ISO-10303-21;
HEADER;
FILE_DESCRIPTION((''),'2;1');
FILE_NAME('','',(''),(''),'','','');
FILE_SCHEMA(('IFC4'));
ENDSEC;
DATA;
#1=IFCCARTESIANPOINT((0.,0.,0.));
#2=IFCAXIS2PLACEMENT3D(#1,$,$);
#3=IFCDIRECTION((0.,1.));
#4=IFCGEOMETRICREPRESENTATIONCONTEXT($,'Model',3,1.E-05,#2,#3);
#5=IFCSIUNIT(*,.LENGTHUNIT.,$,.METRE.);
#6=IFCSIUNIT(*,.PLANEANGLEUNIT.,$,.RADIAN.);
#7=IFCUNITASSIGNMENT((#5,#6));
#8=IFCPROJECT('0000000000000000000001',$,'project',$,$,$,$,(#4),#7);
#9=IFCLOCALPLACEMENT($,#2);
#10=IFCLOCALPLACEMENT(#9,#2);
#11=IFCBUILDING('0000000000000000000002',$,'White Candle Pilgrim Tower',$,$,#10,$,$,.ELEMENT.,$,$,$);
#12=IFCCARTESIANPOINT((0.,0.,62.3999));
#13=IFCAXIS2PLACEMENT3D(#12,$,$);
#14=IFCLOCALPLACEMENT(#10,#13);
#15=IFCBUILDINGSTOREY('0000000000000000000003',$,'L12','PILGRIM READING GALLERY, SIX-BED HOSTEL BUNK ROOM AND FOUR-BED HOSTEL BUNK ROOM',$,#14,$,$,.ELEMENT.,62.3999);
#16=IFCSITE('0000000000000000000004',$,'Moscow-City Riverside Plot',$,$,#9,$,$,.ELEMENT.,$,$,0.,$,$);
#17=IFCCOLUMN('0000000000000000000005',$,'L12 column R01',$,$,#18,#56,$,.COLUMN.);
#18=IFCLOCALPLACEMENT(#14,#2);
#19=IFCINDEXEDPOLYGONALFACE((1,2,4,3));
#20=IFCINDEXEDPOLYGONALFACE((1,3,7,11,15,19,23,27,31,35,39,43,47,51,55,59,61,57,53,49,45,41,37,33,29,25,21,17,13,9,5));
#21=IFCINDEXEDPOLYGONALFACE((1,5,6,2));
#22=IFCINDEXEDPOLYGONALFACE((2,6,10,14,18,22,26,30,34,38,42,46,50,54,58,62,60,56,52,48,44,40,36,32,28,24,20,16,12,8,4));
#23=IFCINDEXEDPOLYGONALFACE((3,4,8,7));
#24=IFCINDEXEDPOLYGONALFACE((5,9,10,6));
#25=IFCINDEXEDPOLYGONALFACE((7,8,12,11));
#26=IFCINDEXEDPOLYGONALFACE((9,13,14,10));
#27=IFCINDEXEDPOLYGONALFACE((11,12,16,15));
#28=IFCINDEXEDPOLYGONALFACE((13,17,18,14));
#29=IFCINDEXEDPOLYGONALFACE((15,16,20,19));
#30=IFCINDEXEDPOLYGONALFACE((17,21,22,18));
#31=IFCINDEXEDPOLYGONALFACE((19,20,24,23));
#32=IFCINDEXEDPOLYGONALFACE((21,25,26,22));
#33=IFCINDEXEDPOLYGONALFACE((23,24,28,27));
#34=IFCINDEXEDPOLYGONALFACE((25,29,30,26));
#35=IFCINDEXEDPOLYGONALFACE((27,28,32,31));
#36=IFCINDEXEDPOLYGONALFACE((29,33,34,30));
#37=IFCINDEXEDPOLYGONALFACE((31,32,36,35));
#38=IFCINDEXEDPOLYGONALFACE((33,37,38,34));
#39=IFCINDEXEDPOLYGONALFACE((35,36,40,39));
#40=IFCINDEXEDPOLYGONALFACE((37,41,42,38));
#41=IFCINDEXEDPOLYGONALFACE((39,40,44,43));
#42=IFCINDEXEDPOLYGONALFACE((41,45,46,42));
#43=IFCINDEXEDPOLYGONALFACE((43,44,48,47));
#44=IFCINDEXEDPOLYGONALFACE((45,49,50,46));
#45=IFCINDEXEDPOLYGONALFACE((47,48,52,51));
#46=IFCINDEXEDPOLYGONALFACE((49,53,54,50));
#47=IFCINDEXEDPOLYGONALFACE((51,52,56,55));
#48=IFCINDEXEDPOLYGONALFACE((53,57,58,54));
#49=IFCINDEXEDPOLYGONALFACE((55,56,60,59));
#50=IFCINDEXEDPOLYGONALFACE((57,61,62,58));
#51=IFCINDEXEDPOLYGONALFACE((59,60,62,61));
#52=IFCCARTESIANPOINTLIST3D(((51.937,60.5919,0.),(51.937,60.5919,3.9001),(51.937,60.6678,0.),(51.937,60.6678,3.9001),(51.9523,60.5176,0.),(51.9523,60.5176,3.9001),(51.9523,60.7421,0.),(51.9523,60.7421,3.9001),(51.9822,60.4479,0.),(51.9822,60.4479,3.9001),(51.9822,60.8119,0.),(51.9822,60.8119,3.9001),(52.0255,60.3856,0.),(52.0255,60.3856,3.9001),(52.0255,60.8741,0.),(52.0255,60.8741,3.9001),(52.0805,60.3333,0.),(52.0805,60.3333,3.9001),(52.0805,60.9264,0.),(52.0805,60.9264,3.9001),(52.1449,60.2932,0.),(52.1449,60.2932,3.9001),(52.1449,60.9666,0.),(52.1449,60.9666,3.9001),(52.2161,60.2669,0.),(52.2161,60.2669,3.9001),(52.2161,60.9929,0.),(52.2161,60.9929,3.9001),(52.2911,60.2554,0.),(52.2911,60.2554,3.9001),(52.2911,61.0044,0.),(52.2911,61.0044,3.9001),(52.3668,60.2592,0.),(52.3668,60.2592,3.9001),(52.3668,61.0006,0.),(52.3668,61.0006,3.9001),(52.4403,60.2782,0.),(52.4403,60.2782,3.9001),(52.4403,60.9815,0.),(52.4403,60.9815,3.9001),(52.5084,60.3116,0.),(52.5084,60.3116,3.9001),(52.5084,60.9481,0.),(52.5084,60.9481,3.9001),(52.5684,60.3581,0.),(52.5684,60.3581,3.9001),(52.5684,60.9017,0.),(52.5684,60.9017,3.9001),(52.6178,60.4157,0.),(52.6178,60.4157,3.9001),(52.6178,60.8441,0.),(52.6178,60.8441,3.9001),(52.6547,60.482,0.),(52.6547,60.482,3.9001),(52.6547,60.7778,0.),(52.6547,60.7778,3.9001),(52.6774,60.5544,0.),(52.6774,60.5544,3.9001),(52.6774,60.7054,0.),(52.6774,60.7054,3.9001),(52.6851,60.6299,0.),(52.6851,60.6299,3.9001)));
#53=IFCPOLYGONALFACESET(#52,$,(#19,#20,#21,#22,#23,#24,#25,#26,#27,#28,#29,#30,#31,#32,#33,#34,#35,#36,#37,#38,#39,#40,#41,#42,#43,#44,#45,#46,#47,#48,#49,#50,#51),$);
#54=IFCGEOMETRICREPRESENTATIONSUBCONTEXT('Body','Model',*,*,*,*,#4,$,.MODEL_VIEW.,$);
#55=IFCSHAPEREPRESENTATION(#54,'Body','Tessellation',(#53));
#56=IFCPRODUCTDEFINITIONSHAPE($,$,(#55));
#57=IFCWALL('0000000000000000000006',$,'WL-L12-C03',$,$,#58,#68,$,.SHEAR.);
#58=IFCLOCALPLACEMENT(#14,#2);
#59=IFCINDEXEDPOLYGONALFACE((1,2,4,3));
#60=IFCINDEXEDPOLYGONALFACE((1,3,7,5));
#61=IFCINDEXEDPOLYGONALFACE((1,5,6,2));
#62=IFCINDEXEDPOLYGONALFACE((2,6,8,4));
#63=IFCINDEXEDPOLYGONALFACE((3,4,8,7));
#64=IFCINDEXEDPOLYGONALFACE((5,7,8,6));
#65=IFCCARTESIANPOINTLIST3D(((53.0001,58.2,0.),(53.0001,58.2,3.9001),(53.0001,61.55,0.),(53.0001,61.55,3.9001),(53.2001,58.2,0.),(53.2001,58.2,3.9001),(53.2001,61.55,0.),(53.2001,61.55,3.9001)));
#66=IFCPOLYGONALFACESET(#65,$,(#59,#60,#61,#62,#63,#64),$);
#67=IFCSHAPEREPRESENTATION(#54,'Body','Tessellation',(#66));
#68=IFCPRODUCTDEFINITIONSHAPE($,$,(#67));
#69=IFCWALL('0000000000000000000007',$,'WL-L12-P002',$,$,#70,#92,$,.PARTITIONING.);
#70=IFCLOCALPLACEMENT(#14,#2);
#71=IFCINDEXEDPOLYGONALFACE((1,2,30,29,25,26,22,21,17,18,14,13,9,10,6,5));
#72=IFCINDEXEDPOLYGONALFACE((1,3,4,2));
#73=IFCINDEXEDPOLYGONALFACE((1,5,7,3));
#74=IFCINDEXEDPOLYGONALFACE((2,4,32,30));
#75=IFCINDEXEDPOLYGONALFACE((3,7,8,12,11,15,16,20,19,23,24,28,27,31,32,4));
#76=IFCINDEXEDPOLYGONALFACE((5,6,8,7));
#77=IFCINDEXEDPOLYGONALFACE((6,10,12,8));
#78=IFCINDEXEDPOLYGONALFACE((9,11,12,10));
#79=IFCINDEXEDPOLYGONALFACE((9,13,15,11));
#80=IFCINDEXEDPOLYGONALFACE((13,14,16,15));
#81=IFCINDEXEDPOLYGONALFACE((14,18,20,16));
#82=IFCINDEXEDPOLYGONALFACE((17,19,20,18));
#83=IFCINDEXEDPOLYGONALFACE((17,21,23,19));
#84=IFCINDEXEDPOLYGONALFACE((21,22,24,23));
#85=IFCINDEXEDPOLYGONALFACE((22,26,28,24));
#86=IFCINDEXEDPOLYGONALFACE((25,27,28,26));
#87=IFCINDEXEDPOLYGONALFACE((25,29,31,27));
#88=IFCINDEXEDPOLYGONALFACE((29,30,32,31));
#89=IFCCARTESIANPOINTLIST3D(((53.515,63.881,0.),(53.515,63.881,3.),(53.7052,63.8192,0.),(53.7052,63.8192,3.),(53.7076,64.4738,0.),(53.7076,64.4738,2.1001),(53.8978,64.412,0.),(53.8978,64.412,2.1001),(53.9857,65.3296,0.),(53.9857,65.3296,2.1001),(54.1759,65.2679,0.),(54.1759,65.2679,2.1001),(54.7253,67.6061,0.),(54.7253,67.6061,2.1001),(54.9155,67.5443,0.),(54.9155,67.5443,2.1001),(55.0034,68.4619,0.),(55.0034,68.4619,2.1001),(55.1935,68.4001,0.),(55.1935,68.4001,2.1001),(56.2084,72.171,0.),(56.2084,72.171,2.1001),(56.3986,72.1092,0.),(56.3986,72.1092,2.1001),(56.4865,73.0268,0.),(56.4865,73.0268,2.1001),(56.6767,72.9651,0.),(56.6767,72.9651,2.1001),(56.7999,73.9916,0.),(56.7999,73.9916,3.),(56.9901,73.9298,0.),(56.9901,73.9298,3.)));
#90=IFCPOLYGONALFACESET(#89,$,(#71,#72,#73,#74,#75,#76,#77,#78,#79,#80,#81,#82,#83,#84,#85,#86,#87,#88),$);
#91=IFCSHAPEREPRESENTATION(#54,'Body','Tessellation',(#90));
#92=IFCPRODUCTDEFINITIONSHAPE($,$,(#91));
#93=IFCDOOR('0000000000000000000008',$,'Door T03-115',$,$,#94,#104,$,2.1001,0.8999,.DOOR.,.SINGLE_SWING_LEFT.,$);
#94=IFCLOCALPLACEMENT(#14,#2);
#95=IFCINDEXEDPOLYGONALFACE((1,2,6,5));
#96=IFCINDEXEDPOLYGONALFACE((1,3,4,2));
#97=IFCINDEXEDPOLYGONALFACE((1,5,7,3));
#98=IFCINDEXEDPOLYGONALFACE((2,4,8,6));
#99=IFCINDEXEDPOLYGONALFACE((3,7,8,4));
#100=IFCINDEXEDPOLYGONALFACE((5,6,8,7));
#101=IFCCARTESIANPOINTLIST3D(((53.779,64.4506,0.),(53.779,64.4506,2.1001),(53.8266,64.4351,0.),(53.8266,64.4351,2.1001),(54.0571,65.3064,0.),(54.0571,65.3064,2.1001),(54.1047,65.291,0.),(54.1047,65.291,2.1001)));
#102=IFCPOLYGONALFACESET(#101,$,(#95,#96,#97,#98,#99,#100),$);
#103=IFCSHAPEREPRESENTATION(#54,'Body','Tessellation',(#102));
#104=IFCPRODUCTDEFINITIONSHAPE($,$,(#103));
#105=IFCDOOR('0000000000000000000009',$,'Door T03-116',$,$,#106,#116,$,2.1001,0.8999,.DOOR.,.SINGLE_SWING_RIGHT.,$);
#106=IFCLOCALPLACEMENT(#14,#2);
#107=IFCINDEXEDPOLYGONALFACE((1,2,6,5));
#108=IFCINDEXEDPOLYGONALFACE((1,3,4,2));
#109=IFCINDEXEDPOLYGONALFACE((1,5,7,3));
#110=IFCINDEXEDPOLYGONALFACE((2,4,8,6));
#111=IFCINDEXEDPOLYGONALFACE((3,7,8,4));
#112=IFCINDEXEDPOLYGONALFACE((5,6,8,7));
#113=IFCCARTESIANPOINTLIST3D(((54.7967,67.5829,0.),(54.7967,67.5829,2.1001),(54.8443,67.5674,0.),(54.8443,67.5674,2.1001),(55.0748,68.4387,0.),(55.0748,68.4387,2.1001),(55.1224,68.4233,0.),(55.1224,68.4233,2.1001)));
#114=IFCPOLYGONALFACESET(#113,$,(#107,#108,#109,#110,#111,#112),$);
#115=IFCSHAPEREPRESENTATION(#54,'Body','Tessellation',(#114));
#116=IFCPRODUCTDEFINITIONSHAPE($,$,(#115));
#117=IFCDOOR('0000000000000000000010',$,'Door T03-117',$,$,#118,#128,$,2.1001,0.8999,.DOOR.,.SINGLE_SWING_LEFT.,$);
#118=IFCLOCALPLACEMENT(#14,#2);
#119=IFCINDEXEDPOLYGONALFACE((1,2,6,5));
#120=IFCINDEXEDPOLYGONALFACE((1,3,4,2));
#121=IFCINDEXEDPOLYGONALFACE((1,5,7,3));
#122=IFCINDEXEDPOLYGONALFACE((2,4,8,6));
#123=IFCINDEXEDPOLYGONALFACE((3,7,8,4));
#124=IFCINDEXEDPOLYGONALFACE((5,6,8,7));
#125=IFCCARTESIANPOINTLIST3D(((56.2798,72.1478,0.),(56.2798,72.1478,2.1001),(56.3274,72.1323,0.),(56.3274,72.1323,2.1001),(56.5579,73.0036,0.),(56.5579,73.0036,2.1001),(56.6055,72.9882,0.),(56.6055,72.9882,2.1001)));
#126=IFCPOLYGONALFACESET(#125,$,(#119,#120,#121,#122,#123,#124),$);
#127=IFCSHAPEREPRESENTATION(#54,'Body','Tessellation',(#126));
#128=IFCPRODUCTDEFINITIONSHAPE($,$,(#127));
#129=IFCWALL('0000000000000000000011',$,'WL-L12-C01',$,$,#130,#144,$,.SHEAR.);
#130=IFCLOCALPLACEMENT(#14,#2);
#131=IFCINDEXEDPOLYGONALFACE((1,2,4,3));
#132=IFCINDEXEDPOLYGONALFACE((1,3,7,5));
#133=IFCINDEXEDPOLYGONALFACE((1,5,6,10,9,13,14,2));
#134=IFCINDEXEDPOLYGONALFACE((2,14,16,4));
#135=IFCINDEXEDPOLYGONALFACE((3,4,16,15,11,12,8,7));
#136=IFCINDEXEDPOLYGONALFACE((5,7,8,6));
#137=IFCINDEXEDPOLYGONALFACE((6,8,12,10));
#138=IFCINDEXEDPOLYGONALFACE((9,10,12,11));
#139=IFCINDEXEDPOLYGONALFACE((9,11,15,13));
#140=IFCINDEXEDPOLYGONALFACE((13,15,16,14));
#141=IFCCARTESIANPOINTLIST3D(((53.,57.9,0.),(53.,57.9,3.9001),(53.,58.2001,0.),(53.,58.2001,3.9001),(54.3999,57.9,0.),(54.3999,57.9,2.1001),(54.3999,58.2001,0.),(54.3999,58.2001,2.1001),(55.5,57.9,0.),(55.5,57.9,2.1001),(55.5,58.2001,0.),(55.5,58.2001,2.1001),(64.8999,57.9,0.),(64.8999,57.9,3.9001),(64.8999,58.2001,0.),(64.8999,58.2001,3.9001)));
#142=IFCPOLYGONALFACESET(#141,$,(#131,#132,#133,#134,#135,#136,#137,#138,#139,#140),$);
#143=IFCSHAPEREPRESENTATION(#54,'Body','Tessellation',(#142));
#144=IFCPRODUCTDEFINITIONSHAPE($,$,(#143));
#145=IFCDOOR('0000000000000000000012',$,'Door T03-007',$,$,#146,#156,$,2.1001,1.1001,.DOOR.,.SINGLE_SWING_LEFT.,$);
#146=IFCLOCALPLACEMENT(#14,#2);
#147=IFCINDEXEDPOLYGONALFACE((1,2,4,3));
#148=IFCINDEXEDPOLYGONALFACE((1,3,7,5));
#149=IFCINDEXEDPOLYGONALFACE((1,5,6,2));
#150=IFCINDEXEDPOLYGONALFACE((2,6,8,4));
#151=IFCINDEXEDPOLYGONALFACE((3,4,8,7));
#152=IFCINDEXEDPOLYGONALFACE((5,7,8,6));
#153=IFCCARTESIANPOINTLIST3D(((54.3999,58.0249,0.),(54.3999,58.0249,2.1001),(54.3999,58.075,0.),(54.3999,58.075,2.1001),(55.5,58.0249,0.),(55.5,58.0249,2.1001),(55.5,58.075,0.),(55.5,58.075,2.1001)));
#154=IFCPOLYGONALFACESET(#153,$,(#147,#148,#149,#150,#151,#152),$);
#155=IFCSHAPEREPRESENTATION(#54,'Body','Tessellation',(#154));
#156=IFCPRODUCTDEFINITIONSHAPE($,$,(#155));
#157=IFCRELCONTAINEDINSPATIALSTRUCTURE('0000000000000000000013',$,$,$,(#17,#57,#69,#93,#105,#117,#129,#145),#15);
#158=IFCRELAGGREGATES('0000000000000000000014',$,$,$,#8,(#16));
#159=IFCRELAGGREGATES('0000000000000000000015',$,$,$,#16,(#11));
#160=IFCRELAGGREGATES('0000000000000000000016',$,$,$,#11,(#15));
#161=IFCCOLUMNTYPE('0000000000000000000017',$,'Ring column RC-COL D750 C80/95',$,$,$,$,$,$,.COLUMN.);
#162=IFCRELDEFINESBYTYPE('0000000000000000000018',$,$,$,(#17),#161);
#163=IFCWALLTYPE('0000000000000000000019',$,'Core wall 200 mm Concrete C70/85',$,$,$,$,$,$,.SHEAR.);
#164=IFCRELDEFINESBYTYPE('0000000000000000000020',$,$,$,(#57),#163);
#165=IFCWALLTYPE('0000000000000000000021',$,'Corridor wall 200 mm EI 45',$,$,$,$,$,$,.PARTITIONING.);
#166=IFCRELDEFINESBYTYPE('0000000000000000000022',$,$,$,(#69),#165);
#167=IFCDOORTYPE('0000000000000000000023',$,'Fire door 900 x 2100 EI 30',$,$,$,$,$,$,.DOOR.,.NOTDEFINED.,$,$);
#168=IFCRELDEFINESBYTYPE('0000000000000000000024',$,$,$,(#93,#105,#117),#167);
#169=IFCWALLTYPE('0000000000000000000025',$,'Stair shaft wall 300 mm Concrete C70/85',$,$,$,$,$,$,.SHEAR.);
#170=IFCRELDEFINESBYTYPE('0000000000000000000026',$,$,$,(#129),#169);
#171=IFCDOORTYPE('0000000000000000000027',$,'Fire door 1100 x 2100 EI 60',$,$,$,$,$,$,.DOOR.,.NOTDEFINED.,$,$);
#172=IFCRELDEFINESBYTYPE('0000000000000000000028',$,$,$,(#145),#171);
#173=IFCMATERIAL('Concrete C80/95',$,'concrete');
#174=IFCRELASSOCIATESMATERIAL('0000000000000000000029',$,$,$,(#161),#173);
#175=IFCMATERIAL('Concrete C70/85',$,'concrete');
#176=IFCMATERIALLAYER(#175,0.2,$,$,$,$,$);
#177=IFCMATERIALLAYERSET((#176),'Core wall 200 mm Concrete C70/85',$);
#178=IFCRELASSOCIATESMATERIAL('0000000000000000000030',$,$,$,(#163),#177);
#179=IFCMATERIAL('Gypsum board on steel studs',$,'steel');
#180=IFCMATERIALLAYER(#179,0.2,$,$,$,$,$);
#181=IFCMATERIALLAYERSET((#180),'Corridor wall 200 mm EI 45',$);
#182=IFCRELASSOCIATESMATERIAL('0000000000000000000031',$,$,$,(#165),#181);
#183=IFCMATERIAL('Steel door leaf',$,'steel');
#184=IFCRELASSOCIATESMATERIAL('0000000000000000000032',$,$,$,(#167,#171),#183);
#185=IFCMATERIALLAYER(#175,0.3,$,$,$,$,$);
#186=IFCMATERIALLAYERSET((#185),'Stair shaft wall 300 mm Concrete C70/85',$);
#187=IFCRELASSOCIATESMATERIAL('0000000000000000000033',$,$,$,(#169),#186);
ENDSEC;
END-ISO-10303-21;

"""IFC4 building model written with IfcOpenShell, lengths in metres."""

from ifc_helpers import new_model, si_unit, direction, frame, frame_2d, origin, origin_2d, place, context, subcontext, project, spatial, rectangle, circle, extrude, material, layer, layer_set, material_profile, profile_set, type_object, element, fill, save


model = new_model("IFC4")

# Units and contexts
model_context = context("Model", 3, precision=1e-05, world=origin(), true_north=direction((0.0, 1.0)))
body_context = subcontext(model_context, "Body", "Model", "MODEL_VIEW")
ifc_project = project(units=[si_unit("LENGTHUNIT", "METRE"), si_unit("PLANEANGLEUNIT", "RADIAN")], contexts=[model_context])

# Site, building, storey
site_placement = place(None, origin())
site = spatial("IfcSite", under=ifc_project, at=site_placement, Name="Moscow-City Riverside Plot", CompositionType="ELEMENT", RefElevation=0.0)
building_placement = place(site_placement, origin())
building = spatial("IfcBuilding", under=site, at=building_placement, Name="White Candle Pilgrim Tower", CompositionType="ELEMENT")
storey_placement = place(building_placement, frame((0.0, 0.0, 62.3999)))
storey = spatial("IfcBuildingStorey", under=building, at=storey_placement, Name="L12", Description="PILGRIM READING GALLERY, SIX-BED HOSTEL BUNK ROOM AND FOUR-BED HOSTEL BUNK ROOM", CompositionType="ELEMENT", Elevation=62.3999)

# Column
ifc_material_1 = material(Name="Concrete C80/95", Category="concrete")
ifc_material_profile = material_profile(ifc_material_1, circle(Radius=0.375, at=origin_2d()), Name="RC-COL D750")
ifc_profile_set = profile_set([ifc_material_profile], Name="Concrete C80/95")
column_type = type_object("IfcColumnType", Name="Ring column RC-COL D750 C80/95", PredefinedType="COLUMN", material=ifc_profile_set)
column_placement = place(storey_placement, frame((52.3101, 60.6299, 0.0), z_axis=(0.0, 0.0, 1.0), x_axis=(1.0, 0.0, 0.0)))
element("IfcColumn", 1, at=column_placement, inside=storey, type_object=column_type, Name="L12 column R01", PredefinedType="COLUMN", context=body_context, shape_type="SweptSolid", body=[
    extrude(circle(Radius=0.375, at=origin_2d()), origin(), (0.0, 0.0, 1.0), 3.9001),
])

# Wall
ifc_material_2 = material(Name="Concrete C70/85", Category="concrete")
ifc_layer_1 = layer(ifc_material_2, 0.2)
ifc_layer_set_1 = layer_set([ifc_layer_1], Name="Core wall 200 mm Concrete C70/85")
wall_type_1 = type_object("IfcWallType", Name="Core wall 200 mm Concrete C70/85", PredefinedType="SHEAR", material=ifc_layer_set_1)
wall_1_placement = place(storey_placement, frame((53.1001, 58.2, 0.0), z_axis=(0.0, 0.0, 1.0), x_axis=(0.0, 1.0, 0.0)))
element("IfcWall", 2, at=wall_1_placement, inside=storey, type_object=wall_type_1, Name="WL-L12-C03", PredefinedType="SHEAR", context=body_context, shape_type="SweptSolid", body=[
    extrude(rectangle(XDim=3.3501, YDim=0.2, at=frame_2d((1.675, 0.0))), origin(), (0.0, 0.0, 1.0), 3.9001),
])

# Wall, openings, doors
ifc_material_3 = material(Name="Gypsum board on steel studs", Category="steel")
ifc_layer_2 = layer(ifc_material_3, 0.2)
ifc_layer_set_2 = layer_set([ifc_layer_2], Name="Corridor wall 200 mm EI 45")
wall_type_2 = type_object("IfcWallType", Name="Corridor wall 200 mm EI 45", PredefinedType="PARTITIONING", material=ifc_layer_set_2)
wall_2_placement = place(storey_placement, frame((53.6101, 63.8501, 0.0), z_axis=(0.0, 0.0, 1.0), x_axis=(0.308998, 0.951063, 0.0)))
wall_2 = element("IfcWall", 3, at=wall_2_placement, inside=storey, type_object=wall_type_2, Name="WL-L12-P002", PredefinedType="PARTITIONING", context=body_context, shape_type="SweptSolid", body=[
    extrude(rectangle(XDim=10.6309, YDim=0.2, at=frame_2d((5.3154, 0.0))), origin(), (0.0, 0.0, 1.0), 3.0),
])
opening_1_placement = place(wall_2_placement, frame((0.6233, 0.0, 0.0)))
opening_1 = element("IfcOpeningElement", 4, at=opening_1_placement, cuts=wall_2, PredefinedType="OPENING", context=body_context, shape_type="SweptSolid", body=[
    extrude(rectangle(XDim=0.8999, YDim=2.1001, at=frame_2d((0.45, 1.05))), frame((0.0, 0.1099, 0.0), z_axis=(0.0, -1.0, 0.0), x_axis=(1.0, 0.0, 0.0)), (0.0, 0.0, 1.0), 0.22),
])
opening_2_placement = place(wall_2_placement, frame((3.9167, 0.0, 0.0)))
opening_2 = element("IfcOpeningElement", 5, at=opening_2_placement, cuts=wall_2, PredefinedType="OPENING", context=body_context, shape_type="SweptSolid", body=[
    extrude(rectangle(XDim=0.8999, YDim=2.1001, at=frame_2d((0.45, 1.05))), frame((0.0, 0.1099, 0.0), z_axis=(0.0, -1.0, 0.0), x_axis=(1.0, 0.0, 0.0)), (0.0, 0.0, 1.0), 0.22),
])
opening_3_placement = place(wall_2_placement, frame((8.7166, 0.0, 0.0)))
opening_3 = element("IfcOpeningElement", 6, at=opening_3_placement, cuts=wall_2, PredefinedType="OPENING", context=body_context, shape_type="SweptSolid", body=[
    extrude(rectangle(XDim=0.8999, YDim=2.1001, at=frame_2d((0.45, 1.05))), frame((0.0, 0.1099, 0.0), z_axis=(0.0, -1.0, 0.0), x_axis=(1.0, 0.0, 0.0)), (0.0, 0.0, 1.0), 0.22),
])
ifc_material_4 = material(Name="Steel door leaf", Category="steel")
door_type_1 = type_object("IfcDoorType", Name="Fire door 900 x 2100 EI 30", OperationType="NOTDEFINED", PredefinedType="DOOR", material=ifc_material_4)
door_1_placement = place(opening_1_placement, origin())
door_1 = element("IfcDoor", 7, at=door_1_placement, inside=storey, type_object=door_type_1, Name="Door T03-115", OperationType="SINGLE_SWING_LEFT", OverallHeight=2.1001, OverallWidth=0.8999, PredefinedType="DOOR", context=body_context, shape_type="SweptSolid", body=[
    extrude(rectangle(XDim=0.8999, YDim=2.1001, at=frame_2d((0.45, 1.05))), frame((0.0, 0.0249, 0.0), z_axis=(0.0, -1.0, 0.0), x_axis=(1.0, 0.0, 0.0)), (0.0, 0.0, 1.0), 0.05),
])
fill(opening_1, door_1)
door_2_placement = place(opening_2_placement, origin())
door_2 = element("IfcDoor", 8, at=door_2_placement, inside=storey, type_object=door_type_1, Name="Door T03-116", OperationType="SINGLE_SWING_RIGHT", OverallHeight=2.1001, OverallWidth=0.8999, PredefinedType="DOOR", context=body_context, shape_type="SweptSolid", body=[
    extrude(rectangle(XDim=0.8999, YDim=2.1001, at=frame_2d((0.45, 1.05))), frame((0.0, 0.0249, 0.0), z_axis=(0.0, -1.0, 0.0), x_axis=(1.0, 0.0, 0.0)), (0.0, 0.0, 1.0), 0.05),
])
fill(opening_2, door_2)
door_3_placement = place(opening_3_placement, origin())
door_3 = element("IfcDoor", 9, at=door_3_placement, inside=storey, type_object=door_type_1, Name="Door T03-117", OperationType="SINGLE_SWING_LEFT", OverallHeight=2.1001, OverallWidth=0.8999, PredefinedType="DOOR", context=body_context, shape_type="SweptSolid", body=[
    extrude(rectangle(XDim=0.8999, YDim=2.1001, at=frame_2d((0.45, 1.05))), frame((0.0, 0.0249, 0.0), z_axis=(0.0, -1.0, 0.0), x_axis=(1.0, 0.0, 0.0)), (0.0, 0.0, 1.0), 0.05),
])
fill(opening_3, door_3)

# Wall, opening, door
ifc_layer_3 = layer(ifc_material_2, 0.3)
ifc_layer_set_3 = layer_set([ifc_layer_3], Name="Stair shaft wall 300 mm Concrete C70/85")
wall_type_3 = type_object("IfcWallType", Name="Stair shaft wall 300 mm Concrete C70/85", PredefinedType="SHEAR", material=ifc_layer_set_3)
wall_3_placement = place(storey_placement, frame((53.0, 58.05, 0.0), z_axis=(0.0, 0.0, 1.0), x_axis=(1.0, 0.0, 0.0)))
wall_3 = element("IfcWall", 10, at=wall_3_placement, inside=storey, type_object=wall_type_3, Name="WL-L12-C01", PredefinedType="SHEAR", context=body_context, shape_type="SweptSolid", body=[
    extrude(rectangle(XDim=11.8999, YDim=0.3, at=frame_2d((5.95, 0.0))), origin(), (0.0, 0.0, 1.0), 3.9001),
])
opening_4_placement = place(wall_3_placement, frame((1.3999, 0.0, 0.0)))
opening_4 = element("IfcOpeningElement", 11, at=opening_4_placement, cuts=wall_3, PredefinedType="OPENING", context=body_context, shape_type="SweptSolid", body=[
    extrude(rectangle(XDim=1.1001, YDim=2.1001, at=frame_2d((0.55, 1.05))), frame((0.0, 0.1599, 0.0), z_axis=(0.0, -1.0, 0.0), x_axis=(1.0, 0.0, 0.0)), (0.0, 0.0, 1.0), 0.3201),
])
door_type_2 = type_object("IfcDoorType", Name="Fire door 1100 x 2100 EI 60", OperationType="NOTDEFINED", PredefinedType="DOOR", material=ifc_material_4)
door_4_placement = place(opening_4_placement, origin())
door_4 = element("IfcDoor", 12, at=door_4_placement, inside=storey, type_object=door_type_2, Name="Door T03-007", OperationType="SINGLE_SWING_LEFT", OverallHeight=2.1001, OverallWidth=1.1001, PredefinedType="DOOR", context=body_context, shape_type="SweptSolid", body=[
    extrude(rectangle(XDim=1.1001, YDim=2.1001, at=frame_2d((0.55, 1.05))), frame((0.0, 0.0249, 0.0), z_axis=(0.0, -1.0, 0.0), x_axis=(1.0, 0.0, 0.0)), (0.0, 0.0, 1.0), 0.05),
])
fill(opening_4, door_4)

save(model, "model.ifc")
